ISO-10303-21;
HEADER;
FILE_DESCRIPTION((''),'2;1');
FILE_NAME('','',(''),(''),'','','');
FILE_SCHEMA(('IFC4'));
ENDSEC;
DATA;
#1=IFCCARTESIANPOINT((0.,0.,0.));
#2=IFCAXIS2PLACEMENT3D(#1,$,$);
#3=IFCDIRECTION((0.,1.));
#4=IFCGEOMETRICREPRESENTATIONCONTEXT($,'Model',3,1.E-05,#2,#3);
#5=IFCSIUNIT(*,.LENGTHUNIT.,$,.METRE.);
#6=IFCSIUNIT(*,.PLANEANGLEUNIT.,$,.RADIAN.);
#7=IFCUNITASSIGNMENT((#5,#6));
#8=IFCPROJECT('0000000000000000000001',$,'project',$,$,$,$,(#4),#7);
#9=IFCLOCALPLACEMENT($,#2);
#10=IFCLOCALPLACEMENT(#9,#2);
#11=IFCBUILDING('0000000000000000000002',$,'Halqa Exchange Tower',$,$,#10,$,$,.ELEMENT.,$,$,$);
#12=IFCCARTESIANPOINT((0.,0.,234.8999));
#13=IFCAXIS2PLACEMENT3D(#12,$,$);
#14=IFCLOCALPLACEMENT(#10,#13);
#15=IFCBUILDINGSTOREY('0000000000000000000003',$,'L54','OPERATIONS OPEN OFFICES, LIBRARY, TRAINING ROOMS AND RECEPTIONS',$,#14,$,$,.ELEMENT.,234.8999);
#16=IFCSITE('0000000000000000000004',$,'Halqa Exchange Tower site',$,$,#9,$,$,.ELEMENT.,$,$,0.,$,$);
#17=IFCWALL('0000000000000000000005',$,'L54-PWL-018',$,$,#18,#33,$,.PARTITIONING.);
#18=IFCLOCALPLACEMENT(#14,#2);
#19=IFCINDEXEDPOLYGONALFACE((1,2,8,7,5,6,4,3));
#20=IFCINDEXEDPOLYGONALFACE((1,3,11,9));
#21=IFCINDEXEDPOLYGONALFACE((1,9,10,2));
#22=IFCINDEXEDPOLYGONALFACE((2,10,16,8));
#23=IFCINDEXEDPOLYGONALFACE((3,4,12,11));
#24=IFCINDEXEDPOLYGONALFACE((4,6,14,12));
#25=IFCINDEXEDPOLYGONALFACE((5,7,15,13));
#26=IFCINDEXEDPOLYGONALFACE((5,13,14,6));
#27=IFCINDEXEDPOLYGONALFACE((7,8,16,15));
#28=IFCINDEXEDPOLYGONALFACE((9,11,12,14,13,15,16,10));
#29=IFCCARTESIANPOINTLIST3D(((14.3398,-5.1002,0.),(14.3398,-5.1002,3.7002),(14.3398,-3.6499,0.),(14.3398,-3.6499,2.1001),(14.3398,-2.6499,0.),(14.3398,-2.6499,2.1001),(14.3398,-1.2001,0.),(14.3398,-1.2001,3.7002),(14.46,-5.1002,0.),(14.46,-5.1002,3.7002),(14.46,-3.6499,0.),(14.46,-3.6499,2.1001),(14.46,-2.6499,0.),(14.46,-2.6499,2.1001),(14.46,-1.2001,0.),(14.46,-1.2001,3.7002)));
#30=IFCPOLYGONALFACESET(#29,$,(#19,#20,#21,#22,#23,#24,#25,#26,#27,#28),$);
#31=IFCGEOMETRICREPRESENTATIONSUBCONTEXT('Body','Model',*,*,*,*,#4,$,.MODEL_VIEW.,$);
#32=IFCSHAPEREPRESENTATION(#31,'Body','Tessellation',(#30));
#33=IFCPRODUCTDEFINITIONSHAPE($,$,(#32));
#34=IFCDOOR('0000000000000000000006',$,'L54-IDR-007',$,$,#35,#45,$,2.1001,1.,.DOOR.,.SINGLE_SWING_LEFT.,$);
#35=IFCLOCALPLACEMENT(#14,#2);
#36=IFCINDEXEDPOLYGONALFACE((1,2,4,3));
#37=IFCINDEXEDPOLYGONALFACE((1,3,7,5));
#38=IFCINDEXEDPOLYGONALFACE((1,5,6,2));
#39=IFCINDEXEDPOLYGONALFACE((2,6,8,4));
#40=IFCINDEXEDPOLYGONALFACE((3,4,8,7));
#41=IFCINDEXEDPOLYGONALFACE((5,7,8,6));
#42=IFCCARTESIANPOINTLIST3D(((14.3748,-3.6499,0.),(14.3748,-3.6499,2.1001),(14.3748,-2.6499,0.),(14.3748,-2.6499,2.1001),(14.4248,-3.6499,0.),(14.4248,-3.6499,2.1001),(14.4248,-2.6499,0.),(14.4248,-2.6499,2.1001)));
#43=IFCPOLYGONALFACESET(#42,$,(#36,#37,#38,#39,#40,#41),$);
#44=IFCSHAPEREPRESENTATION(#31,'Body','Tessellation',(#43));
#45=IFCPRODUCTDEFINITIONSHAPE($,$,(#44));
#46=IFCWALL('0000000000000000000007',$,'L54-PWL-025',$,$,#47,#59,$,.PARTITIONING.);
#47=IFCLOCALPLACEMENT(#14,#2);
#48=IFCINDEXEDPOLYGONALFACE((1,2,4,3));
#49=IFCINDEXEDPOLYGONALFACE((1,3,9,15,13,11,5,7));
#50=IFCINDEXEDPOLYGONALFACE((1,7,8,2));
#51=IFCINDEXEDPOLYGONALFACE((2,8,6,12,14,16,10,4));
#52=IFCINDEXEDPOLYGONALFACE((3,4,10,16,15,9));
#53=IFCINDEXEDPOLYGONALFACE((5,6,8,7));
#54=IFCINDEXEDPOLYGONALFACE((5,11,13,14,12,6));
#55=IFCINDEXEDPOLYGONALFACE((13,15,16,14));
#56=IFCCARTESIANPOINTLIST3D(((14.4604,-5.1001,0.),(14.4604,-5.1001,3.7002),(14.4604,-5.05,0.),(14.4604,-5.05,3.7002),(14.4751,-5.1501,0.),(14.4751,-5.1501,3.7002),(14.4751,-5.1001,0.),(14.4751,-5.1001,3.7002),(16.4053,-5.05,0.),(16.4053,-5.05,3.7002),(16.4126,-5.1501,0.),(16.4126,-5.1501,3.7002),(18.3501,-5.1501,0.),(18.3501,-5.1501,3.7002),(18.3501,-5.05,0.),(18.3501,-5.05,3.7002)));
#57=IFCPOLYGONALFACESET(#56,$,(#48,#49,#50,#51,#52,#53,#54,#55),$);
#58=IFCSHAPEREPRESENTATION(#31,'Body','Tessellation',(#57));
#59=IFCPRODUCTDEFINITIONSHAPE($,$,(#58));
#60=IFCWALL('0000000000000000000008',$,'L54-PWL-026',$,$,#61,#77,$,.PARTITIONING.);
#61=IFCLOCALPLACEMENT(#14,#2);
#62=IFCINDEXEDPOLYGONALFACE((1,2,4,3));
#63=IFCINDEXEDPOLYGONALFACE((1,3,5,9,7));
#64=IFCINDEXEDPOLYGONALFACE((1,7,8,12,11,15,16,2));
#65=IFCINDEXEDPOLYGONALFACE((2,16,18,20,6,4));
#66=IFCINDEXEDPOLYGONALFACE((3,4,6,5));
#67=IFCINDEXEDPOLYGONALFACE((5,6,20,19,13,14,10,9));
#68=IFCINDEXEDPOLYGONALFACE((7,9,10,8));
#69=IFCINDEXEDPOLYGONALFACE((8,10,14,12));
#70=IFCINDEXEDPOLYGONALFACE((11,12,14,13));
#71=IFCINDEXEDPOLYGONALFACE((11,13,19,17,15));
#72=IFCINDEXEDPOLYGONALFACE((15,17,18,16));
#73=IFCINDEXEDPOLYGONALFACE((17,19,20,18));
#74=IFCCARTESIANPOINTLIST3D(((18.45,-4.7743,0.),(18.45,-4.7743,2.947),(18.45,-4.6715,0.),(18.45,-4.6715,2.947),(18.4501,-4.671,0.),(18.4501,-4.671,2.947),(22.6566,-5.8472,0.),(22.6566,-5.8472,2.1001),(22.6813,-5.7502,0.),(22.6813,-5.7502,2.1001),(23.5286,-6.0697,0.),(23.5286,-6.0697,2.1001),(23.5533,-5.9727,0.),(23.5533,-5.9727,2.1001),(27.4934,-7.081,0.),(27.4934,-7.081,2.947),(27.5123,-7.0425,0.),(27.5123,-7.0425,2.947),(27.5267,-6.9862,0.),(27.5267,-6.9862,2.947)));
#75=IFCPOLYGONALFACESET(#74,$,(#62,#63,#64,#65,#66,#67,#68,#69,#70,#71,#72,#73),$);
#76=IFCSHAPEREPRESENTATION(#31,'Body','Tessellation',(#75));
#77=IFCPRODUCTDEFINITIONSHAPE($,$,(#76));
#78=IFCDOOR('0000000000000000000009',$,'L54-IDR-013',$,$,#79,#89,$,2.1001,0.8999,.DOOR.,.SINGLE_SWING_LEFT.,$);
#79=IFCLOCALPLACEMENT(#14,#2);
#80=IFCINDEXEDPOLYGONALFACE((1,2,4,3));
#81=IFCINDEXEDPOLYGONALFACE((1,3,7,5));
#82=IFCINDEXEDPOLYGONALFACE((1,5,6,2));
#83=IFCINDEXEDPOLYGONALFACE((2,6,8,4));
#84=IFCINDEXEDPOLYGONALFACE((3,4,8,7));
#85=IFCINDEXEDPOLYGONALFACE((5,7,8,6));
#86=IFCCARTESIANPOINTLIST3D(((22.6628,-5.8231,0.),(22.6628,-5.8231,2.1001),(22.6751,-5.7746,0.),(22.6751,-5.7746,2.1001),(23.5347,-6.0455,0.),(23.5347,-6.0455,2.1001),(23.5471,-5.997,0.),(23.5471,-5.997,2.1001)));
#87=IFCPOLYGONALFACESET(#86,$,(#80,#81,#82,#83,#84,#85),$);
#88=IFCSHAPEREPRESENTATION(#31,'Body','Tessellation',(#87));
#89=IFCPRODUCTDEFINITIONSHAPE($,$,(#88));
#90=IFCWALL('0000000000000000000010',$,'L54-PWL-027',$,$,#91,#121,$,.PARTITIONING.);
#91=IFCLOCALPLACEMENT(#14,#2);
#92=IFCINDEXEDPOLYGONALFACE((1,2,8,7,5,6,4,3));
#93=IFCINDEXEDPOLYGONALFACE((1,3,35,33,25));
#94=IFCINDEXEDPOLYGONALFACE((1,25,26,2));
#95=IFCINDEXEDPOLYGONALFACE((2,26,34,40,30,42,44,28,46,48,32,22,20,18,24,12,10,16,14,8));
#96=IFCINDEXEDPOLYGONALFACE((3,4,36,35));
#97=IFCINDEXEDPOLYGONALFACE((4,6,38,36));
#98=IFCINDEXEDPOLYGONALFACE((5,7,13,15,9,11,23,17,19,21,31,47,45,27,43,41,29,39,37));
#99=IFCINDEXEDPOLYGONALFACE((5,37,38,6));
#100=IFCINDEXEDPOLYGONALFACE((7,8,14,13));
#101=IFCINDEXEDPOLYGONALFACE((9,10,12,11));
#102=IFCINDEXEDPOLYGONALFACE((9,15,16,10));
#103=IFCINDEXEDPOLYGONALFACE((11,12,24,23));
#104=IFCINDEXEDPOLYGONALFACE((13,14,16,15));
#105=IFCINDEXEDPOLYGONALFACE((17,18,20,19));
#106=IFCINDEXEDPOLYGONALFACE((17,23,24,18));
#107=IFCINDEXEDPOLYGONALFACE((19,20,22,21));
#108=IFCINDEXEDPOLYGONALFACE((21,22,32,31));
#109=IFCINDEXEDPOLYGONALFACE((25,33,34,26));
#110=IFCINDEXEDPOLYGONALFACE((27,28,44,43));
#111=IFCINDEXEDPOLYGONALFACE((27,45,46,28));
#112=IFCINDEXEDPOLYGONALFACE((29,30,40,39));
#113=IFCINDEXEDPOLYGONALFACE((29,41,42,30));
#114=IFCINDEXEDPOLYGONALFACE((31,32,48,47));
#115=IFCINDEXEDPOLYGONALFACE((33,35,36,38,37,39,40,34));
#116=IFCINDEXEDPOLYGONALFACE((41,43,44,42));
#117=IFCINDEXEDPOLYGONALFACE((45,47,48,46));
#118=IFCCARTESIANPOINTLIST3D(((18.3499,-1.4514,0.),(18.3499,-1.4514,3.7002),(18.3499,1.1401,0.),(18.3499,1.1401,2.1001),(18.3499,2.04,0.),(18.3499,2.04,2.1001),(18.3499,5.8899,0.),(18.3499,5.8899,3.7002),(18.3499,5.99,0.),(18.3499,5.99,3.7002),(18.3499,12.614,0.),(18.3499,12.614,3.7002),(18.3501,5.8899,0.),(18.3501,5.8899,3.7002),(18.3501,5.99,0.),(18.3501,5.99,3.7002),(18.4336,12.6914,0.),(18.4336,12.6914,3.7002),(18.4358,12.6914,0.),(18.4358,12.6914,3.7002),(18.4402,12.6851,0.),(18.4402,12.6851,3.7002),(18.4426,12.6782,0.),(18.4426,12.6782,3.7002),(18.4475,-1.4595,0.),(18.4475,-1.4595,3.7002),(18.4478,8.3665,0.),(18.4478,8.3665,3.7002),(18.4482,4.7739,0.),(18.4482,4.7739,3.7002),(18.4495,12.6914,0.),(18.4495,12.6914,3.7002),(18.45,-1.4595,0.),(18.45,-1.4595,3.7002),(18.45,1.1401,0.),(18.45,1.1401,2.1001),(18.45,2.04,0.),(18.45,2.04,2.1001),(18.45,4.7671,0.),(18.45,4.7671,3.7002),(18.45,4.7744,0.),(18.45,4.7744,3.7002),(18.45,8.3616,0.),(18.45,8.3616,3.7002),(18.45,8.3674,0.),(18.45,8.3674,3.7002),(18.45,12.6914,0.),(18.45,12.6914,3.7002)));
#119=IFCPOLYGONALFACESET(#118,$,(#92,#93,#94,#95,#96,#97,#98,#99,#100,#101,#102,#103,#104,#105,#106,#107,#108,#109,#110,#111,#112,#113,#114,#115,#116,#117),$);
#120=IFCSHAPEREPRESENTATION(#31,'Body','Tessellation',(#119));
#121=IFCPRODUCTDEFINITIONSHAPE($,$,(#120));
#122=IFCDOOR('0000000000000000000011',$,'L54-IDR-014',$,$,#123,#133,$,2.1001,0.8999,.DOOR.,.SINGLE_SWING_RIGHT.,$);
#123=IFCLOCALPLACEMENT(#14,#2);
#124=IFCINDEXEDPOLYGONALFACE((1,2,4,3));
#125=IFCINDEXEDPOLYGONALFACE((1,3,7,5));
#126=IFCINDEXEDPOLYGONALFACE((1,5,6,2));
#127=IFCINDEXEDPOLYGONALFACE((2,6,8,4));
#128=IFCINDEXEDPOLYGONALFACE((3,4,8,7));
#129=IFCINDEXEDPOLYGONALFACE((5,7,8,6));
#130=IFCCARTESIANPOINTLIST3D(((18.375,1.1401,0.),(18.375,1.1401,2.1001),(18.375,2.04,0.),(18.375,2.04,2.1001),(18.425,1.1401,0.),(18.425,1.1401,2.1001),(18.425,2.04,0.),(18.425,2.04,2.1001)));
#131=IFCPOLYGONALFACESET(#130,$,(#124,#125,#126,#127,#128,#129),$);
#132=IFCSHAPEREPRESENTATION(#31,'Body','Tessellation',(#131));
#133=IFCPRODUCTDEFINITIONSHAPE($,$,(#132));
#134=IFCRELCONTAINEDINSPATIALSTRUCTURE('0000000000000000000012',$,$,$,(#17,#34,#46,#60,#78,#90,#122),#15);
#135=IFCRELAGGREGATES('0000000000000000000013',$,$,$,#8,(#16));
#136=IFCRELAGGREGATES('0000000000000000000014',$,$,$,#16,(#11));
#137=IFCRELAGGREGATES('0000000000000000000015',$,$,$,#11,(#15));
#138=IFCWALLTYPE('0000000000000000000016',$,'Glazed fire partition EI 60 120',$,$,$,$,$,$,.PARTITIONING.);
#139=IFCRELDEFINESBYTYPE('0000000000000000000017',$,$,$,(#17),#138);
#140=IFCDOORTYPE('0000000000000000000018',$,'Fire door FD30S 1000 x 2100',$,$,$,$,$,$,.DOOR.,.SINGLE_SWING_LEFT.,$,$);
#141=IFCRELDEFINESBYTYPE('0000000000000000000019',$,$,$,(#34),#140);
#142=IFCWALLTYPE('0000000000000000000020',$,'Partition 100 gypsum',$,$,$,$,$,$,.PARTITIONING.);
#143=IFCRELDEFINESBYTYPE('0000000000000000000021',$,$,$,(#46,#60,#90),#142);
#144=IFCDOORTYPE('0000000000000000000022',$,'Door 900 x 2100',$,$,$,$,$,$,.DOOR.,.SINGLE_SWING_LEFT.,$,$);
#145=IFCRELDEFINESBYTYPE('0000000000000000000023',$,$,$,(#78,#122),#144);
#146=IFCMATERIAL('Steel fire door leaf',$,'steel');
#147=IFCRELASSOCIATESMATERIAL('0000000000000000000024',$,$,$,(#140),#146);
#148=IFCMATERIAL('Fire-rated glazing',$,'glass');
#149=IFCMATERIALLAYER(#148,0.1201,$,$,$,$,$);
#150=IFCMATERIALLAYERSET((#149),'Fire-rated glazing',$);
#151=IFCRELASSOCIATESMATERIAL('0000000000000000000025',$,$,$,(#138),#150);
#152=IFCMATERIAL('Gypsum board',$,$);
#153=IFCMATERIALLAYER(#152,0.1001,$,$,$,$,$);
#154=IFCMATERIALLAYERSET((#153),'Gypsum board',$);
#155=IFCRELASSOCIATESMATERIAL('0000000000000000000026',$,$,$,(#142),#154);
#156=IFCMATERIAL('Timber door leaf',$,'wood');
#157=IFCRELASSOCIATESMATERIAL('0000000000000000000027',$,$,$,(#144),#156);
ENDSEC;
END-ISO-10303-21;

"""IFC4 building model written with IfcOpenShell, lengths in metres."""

from ifc_helpers import new_model, si_unit, direction, frame, frame_2d, origin, place, context, subcontext, project, spatial, polyline, rectangle, outline, extrude, material, layer, layer_set, type_object, element, fill, save


model = new_model("IFC4")

# Units and contexts
model_context = context("Model", 3, precision=1e-05, world=origin(), true_north=direction((0.0, 1.0)))
body_context = subcontext(model_context, "Body", "Model", "MODEL_VIEW")
ifc_project = project(units=[si_unit("LENGTHUNIT", "METRE"), si_unit("PLANEANGLEUNIT", "RADIAN")], contexts=[model_context])

# Site, building, storey
site_placement = place(None, origin())
site = spatial("IfcSite", under=ifc_project, at=site_placement, Name="Halqa Exchange Tower site", CompositionType="ELEMENT", RefElevation=0.0)
building_placement = place(site_placement, origin())
building = spatial("IfcBuilding", under=site, at=building_placement, Name="Halqa Exchange Tower", CompositionType="ELEMENT")
storey_placement = place(building_placement, frame((0.0, 0.0, 234.8999)))
storey = spatial("IfcBuildingStorey", under=building, at=storey_placement, Name="L54", Description="OPERATIONS OPEN OFFICES, LIBRARY, TRAINING ROOMS AND RECEPTIONS", CompositionType="ELEMENT", Elevation=234.8999)

# Shared definitions
ifc_material_1 = material(Name="Steel fire door leaf", Category="steel")
door_type_1 = type_object("IfcDoorType", Name="Fire door FD30S 1000 x 2100", OperationType="SINGLE_SWING_LEFT", PredefinedType="DOOR", material=ifc_material_1)

# Wall, opening, door
ifc_material_2 = material(Name="Fire-rated glazing", Category="glass")
ifc_layer_1 = layer(ifc_material_2, 0.1201)
ifc_layer_set_1 = layer_set([ifc_layer_1], Name="Fire-rated glazing")
wall_type_1 = type_object("IfcWallType", Name="Glazed fire partition EI 60 120", PredefinedType="PARTITIONING", material=ifc_layer_set_1)
wall_1_placement = place(storey_placement, frame((14.3999, -1.2, 0.0), z_axis=(0.0, 0.0, 1.0), x_axis=(0.0, -1.0, 0.0)))
wall_1 = element("IfcWall", 1, at=wall_1_placement, inside=storey, type_object=wall_type_1, Name="L54-PWL-018", PredefinedType="PARTITIONING", context=body_context, shape_type="SweptSolid", body=[
    extrude(rectangle(XDim=3.9001, YDim=0.1201, at=frame_2d((1.9502, 0.0))), origin(), (0.0, 0.0, 1.0), 3.7002),
])
opening_1_placement = place(wall_1_placement, frame((1.45, 0.0, 0.0)))
opening_1 = element("IfcOpeningElement", 2, at=opening_1_placement, cuts=wall_1, PredefinedType="OPENING", context=body_context, shape_type="SweptSolid", body=[
    extrude(rectangle(XDim=1.0, YDim=2.1001, at=frame_2d((0.5, 1.05))), frame((0.0, 0.072, 0.0), z_axis=(0.0, -1.0, 0.0), x_axis=(1.0, 0.0, 0.0)), (0.0, 0.0, 1.0), 0.144),
])
door_1_placement = place(opening_1_placement, origin())
door_1 = element("IfcDoor", 3, at=door_1_placement, inside=storey, type_object=door_type_1, Name="L54-IDR-007", OperationType="SINGLE_SWING_LEFT", OverallHeight=2.1001, OverallWidth=1.0, PredefinedType="DOOR", context=body_context, shape_type="SweptSolid", body=[
    extrude(rectangle(XDim=1.0, YDim=2.1001, at=frame_2d((0.5, 1.05))), frame((0.0, 0.0249, 0.0), z_axis=(0.0, -1.0, 0.0), x_axis=(1.0, 0.0, 0.0)), (0.0, 0.0, 1.0), 0.05),
])
fill(opening_1, door_1)

# Wall
ifc_material_3 = material(Name="Gypsum board")
ifc_layer_2 = layer(ifc_material_3, 0.1001)
ifc_layer_set_2 = layer_set([ifc_layer_2], Name="Gypsum board")
wall_type_2 = type_object("IfcWallType", Name="Partition 100 gypsum", PredefinedType="PARTITIONING", material=ifc_layer_set_2)
wall_2_placement = place(storey_placement, frame((18.3501, -5.1001, 0.0), z_axis=(0.0, 0.0, 1.0), x_axis=(-1.0, 0.0, 0.0)))
element("IfcWall", 4, at=wall_2_placement, inside=storey, type_object=wall_type_2, Name="L54-PWL-025", PredefinedType="PARTITIONING", context=body_context, shape_type="SweptSolid", body=[
    extrude(outline(polyline([(3.8896, -0.05), (3.8896, 0.0), (3.875, 0.0), (3.875, 0.05), (1.9375, 0.05), (0.0, 0.05), (0.0, -0.05), (1.9448, -0.05), (3.8896, -0.05)])), origin(), (0.0, 0.0, 1.0), 3.7002),
])

# Walls, openings, doors
wall_3_placement = place(storey_placement, frame((18.4377, -4.7195, 0.0), z_axis=(0.0, 0.0, 1.0), x_axis=(0.968976, -0.247157, 0.0)))
wall_3 = element("IfcWall", 5, at=wall_3_placement, inside=storey, type_object=wall_type_2, Name="L54-PWL-026", PredefinedType="PARTITIONING", context=body_context, shape_type="SweptSolid", body=[
    extrude(outline(polyline([(0.0254, -0.05), (1.8921, -0.05), (3.7585, -0.05), (5.6252, -0.05), (7.4917, -0.05), (9.3584, -0.05), (9.3672, -0.0081), (9.3672, 0.05), (7.4937, 0.05), (5.6204, 0.05), (3.7468, 0.05), (1.8735, 0.05), (0.0, 0.05), (0.0, 0.0496), (0.0254, -0.05)])), origin(), (0.0, 0.0, 1.0), 2.947),
])
opening_2_placement = place(wall_3_placement, frame((4.3667, 0.0, 0.0)))
opening_2 = element("IfcOpeningElement", 6, at=opening_2_placement, cuts=wall_3, PredefinedType="OPENING", context=body_context, shape_type="SweptSolid", body=[
    extrude(rectangle(XDim=0.8999, YDim=2.1001, at=frame_2d((0.45, 1.05))), frame((0.0, 0.062, 0.0), z_axis=(0.0, -1.0, 0.0), x_axis=(1.0, 0.0, 0.0)), (0.0, 0.0, 1.0), 0.124),
])
ifc_material_4 = material(Name="Timber door leaf", Category="wood")
door_type_2 = type_object("IfcDoorType", Name="Door 900 x 2100", OperationType="SINGLE_SWING_LEFT", PredefinedType="DOOR", material=ifc_material_4)
door_2_placement = place(opening_2_placement, origin())
door_2 = element("IfcDoor", 7, at=door_2_placement, inside=storey, type_object=door_type_2, Name="L54-IDR-013", OperationType="SINGLE_SWING_LEFT", OverallHeight=2.1001, OverallWidth=0.8999, PredefinedType="DOOR", context=body_context, shape_type="SweptSolid", body=[
    extrude(rectangle(XDim=0.8999, YDim=2.1001, at=frame_2d((0.45, 1.05))), frame((0.0, 0.0249, 0.0), z_axis=(0.0, -1.0, 0.0), x_axis=(1.0, 0.0, 0.0)), (0.0, 0.0, 1.0), 0.05),
])
fill(opening_2, door_2)
wall_4_placement = place(storey_placement, frame((18.3999, -1.4595, 0.0), z_axis=(0.0, 0.0, 1.0), x_axis=(0.0, 1.0, 0.0)))
wall_4 = element("IfcWall", 8, at=wall_4_placement, inside=storey, type_object=wall_type_2, Name="L54-PWL-027", PredefinedType="PARTITIONING", context=body_context, shape_type="SweptSolid", body=[
    extrude(outline(polyline([(0.0, -0.05), (1.5566, -0.05), (3.1133, -0.05), (4.6699, -0.05), (6.2266, -0.05), (6.2334, -0.0483), (6.2339, -0.05), (8.0273, -0.05), (9.821, -0.05), (9.8259, -0.0479), (9.8269, -0.05), (11.2681, -0.05), (12.7095, -0.05), (14.1509, -0.05), (14.1509, -0.0496), (14.1445, -0.0403), (14.1509, -0.0359), (14.1509, -0.0337), (14.1377, -0.0427), (14.0735, 0.05), (12.4175, 0.05), (10.7615, 0.05), (9.1055, 0.05), (7.4495, 0.05), (7.4495, 0.0498), (7.3494, 0.0498), (7.3494, 0.05), (5.5142, 0.05), (3.6787, 0.05), (1.8435, 0.05), (0.0081, 0.05), (0.0, -0.0476), (0.0, -0.05)])), origin(), (0.0, 0.0, 1.0), 3.7002),
])
opening_3_placement = place(wall_4_placement, frame((2.5996, 0.0, 0.0)))
opening_3 = element("IfcOpeningElement", 9, at=opening_3_placement, cuts=wall_4, PredefinedType="OPENING", context=body_context, shape_type="SweptSolid", body=[
    extrude(rectangle(XDim=0.8999, YDim=2.1001, at=frame_2d((0.45, 1.05))), frame((0.0, 0.062, 0.0), z_axis=(0.0, -1.0, 0.0), x_axis=(1.0, 0.0, 0.0)), (0.0, 0.0, 1.0), 0.124),
])
door_3_placement = place(opening_3_placement, origin())
door_3 = element("IfcDoor", 10, at=door_3_placement, inside=storey, type_object=door_type_2, Name="L54-IDR-014", OperationType="SINGLE_SWING_RIGHT", OverallHeight=2.1001, OverallWidth=0.8999, PredefinedType="DOOR", context=body_context, shape_type="SweptSolid", body=[
    extrude(rectangle(XDim=0.8999, YDim=2.1001, at=frame_2d((0.45, 1.05))), frame((0.0, 0.0249, 0.0), z_axis=(0.0, -1.0, 0.0), x_axis=(1.0, 0.0, 0.0)), (0.0, 0.0, 1.0), 0.05),
])
fill(opening_3, door_3)

save(model, "model.ifc")
